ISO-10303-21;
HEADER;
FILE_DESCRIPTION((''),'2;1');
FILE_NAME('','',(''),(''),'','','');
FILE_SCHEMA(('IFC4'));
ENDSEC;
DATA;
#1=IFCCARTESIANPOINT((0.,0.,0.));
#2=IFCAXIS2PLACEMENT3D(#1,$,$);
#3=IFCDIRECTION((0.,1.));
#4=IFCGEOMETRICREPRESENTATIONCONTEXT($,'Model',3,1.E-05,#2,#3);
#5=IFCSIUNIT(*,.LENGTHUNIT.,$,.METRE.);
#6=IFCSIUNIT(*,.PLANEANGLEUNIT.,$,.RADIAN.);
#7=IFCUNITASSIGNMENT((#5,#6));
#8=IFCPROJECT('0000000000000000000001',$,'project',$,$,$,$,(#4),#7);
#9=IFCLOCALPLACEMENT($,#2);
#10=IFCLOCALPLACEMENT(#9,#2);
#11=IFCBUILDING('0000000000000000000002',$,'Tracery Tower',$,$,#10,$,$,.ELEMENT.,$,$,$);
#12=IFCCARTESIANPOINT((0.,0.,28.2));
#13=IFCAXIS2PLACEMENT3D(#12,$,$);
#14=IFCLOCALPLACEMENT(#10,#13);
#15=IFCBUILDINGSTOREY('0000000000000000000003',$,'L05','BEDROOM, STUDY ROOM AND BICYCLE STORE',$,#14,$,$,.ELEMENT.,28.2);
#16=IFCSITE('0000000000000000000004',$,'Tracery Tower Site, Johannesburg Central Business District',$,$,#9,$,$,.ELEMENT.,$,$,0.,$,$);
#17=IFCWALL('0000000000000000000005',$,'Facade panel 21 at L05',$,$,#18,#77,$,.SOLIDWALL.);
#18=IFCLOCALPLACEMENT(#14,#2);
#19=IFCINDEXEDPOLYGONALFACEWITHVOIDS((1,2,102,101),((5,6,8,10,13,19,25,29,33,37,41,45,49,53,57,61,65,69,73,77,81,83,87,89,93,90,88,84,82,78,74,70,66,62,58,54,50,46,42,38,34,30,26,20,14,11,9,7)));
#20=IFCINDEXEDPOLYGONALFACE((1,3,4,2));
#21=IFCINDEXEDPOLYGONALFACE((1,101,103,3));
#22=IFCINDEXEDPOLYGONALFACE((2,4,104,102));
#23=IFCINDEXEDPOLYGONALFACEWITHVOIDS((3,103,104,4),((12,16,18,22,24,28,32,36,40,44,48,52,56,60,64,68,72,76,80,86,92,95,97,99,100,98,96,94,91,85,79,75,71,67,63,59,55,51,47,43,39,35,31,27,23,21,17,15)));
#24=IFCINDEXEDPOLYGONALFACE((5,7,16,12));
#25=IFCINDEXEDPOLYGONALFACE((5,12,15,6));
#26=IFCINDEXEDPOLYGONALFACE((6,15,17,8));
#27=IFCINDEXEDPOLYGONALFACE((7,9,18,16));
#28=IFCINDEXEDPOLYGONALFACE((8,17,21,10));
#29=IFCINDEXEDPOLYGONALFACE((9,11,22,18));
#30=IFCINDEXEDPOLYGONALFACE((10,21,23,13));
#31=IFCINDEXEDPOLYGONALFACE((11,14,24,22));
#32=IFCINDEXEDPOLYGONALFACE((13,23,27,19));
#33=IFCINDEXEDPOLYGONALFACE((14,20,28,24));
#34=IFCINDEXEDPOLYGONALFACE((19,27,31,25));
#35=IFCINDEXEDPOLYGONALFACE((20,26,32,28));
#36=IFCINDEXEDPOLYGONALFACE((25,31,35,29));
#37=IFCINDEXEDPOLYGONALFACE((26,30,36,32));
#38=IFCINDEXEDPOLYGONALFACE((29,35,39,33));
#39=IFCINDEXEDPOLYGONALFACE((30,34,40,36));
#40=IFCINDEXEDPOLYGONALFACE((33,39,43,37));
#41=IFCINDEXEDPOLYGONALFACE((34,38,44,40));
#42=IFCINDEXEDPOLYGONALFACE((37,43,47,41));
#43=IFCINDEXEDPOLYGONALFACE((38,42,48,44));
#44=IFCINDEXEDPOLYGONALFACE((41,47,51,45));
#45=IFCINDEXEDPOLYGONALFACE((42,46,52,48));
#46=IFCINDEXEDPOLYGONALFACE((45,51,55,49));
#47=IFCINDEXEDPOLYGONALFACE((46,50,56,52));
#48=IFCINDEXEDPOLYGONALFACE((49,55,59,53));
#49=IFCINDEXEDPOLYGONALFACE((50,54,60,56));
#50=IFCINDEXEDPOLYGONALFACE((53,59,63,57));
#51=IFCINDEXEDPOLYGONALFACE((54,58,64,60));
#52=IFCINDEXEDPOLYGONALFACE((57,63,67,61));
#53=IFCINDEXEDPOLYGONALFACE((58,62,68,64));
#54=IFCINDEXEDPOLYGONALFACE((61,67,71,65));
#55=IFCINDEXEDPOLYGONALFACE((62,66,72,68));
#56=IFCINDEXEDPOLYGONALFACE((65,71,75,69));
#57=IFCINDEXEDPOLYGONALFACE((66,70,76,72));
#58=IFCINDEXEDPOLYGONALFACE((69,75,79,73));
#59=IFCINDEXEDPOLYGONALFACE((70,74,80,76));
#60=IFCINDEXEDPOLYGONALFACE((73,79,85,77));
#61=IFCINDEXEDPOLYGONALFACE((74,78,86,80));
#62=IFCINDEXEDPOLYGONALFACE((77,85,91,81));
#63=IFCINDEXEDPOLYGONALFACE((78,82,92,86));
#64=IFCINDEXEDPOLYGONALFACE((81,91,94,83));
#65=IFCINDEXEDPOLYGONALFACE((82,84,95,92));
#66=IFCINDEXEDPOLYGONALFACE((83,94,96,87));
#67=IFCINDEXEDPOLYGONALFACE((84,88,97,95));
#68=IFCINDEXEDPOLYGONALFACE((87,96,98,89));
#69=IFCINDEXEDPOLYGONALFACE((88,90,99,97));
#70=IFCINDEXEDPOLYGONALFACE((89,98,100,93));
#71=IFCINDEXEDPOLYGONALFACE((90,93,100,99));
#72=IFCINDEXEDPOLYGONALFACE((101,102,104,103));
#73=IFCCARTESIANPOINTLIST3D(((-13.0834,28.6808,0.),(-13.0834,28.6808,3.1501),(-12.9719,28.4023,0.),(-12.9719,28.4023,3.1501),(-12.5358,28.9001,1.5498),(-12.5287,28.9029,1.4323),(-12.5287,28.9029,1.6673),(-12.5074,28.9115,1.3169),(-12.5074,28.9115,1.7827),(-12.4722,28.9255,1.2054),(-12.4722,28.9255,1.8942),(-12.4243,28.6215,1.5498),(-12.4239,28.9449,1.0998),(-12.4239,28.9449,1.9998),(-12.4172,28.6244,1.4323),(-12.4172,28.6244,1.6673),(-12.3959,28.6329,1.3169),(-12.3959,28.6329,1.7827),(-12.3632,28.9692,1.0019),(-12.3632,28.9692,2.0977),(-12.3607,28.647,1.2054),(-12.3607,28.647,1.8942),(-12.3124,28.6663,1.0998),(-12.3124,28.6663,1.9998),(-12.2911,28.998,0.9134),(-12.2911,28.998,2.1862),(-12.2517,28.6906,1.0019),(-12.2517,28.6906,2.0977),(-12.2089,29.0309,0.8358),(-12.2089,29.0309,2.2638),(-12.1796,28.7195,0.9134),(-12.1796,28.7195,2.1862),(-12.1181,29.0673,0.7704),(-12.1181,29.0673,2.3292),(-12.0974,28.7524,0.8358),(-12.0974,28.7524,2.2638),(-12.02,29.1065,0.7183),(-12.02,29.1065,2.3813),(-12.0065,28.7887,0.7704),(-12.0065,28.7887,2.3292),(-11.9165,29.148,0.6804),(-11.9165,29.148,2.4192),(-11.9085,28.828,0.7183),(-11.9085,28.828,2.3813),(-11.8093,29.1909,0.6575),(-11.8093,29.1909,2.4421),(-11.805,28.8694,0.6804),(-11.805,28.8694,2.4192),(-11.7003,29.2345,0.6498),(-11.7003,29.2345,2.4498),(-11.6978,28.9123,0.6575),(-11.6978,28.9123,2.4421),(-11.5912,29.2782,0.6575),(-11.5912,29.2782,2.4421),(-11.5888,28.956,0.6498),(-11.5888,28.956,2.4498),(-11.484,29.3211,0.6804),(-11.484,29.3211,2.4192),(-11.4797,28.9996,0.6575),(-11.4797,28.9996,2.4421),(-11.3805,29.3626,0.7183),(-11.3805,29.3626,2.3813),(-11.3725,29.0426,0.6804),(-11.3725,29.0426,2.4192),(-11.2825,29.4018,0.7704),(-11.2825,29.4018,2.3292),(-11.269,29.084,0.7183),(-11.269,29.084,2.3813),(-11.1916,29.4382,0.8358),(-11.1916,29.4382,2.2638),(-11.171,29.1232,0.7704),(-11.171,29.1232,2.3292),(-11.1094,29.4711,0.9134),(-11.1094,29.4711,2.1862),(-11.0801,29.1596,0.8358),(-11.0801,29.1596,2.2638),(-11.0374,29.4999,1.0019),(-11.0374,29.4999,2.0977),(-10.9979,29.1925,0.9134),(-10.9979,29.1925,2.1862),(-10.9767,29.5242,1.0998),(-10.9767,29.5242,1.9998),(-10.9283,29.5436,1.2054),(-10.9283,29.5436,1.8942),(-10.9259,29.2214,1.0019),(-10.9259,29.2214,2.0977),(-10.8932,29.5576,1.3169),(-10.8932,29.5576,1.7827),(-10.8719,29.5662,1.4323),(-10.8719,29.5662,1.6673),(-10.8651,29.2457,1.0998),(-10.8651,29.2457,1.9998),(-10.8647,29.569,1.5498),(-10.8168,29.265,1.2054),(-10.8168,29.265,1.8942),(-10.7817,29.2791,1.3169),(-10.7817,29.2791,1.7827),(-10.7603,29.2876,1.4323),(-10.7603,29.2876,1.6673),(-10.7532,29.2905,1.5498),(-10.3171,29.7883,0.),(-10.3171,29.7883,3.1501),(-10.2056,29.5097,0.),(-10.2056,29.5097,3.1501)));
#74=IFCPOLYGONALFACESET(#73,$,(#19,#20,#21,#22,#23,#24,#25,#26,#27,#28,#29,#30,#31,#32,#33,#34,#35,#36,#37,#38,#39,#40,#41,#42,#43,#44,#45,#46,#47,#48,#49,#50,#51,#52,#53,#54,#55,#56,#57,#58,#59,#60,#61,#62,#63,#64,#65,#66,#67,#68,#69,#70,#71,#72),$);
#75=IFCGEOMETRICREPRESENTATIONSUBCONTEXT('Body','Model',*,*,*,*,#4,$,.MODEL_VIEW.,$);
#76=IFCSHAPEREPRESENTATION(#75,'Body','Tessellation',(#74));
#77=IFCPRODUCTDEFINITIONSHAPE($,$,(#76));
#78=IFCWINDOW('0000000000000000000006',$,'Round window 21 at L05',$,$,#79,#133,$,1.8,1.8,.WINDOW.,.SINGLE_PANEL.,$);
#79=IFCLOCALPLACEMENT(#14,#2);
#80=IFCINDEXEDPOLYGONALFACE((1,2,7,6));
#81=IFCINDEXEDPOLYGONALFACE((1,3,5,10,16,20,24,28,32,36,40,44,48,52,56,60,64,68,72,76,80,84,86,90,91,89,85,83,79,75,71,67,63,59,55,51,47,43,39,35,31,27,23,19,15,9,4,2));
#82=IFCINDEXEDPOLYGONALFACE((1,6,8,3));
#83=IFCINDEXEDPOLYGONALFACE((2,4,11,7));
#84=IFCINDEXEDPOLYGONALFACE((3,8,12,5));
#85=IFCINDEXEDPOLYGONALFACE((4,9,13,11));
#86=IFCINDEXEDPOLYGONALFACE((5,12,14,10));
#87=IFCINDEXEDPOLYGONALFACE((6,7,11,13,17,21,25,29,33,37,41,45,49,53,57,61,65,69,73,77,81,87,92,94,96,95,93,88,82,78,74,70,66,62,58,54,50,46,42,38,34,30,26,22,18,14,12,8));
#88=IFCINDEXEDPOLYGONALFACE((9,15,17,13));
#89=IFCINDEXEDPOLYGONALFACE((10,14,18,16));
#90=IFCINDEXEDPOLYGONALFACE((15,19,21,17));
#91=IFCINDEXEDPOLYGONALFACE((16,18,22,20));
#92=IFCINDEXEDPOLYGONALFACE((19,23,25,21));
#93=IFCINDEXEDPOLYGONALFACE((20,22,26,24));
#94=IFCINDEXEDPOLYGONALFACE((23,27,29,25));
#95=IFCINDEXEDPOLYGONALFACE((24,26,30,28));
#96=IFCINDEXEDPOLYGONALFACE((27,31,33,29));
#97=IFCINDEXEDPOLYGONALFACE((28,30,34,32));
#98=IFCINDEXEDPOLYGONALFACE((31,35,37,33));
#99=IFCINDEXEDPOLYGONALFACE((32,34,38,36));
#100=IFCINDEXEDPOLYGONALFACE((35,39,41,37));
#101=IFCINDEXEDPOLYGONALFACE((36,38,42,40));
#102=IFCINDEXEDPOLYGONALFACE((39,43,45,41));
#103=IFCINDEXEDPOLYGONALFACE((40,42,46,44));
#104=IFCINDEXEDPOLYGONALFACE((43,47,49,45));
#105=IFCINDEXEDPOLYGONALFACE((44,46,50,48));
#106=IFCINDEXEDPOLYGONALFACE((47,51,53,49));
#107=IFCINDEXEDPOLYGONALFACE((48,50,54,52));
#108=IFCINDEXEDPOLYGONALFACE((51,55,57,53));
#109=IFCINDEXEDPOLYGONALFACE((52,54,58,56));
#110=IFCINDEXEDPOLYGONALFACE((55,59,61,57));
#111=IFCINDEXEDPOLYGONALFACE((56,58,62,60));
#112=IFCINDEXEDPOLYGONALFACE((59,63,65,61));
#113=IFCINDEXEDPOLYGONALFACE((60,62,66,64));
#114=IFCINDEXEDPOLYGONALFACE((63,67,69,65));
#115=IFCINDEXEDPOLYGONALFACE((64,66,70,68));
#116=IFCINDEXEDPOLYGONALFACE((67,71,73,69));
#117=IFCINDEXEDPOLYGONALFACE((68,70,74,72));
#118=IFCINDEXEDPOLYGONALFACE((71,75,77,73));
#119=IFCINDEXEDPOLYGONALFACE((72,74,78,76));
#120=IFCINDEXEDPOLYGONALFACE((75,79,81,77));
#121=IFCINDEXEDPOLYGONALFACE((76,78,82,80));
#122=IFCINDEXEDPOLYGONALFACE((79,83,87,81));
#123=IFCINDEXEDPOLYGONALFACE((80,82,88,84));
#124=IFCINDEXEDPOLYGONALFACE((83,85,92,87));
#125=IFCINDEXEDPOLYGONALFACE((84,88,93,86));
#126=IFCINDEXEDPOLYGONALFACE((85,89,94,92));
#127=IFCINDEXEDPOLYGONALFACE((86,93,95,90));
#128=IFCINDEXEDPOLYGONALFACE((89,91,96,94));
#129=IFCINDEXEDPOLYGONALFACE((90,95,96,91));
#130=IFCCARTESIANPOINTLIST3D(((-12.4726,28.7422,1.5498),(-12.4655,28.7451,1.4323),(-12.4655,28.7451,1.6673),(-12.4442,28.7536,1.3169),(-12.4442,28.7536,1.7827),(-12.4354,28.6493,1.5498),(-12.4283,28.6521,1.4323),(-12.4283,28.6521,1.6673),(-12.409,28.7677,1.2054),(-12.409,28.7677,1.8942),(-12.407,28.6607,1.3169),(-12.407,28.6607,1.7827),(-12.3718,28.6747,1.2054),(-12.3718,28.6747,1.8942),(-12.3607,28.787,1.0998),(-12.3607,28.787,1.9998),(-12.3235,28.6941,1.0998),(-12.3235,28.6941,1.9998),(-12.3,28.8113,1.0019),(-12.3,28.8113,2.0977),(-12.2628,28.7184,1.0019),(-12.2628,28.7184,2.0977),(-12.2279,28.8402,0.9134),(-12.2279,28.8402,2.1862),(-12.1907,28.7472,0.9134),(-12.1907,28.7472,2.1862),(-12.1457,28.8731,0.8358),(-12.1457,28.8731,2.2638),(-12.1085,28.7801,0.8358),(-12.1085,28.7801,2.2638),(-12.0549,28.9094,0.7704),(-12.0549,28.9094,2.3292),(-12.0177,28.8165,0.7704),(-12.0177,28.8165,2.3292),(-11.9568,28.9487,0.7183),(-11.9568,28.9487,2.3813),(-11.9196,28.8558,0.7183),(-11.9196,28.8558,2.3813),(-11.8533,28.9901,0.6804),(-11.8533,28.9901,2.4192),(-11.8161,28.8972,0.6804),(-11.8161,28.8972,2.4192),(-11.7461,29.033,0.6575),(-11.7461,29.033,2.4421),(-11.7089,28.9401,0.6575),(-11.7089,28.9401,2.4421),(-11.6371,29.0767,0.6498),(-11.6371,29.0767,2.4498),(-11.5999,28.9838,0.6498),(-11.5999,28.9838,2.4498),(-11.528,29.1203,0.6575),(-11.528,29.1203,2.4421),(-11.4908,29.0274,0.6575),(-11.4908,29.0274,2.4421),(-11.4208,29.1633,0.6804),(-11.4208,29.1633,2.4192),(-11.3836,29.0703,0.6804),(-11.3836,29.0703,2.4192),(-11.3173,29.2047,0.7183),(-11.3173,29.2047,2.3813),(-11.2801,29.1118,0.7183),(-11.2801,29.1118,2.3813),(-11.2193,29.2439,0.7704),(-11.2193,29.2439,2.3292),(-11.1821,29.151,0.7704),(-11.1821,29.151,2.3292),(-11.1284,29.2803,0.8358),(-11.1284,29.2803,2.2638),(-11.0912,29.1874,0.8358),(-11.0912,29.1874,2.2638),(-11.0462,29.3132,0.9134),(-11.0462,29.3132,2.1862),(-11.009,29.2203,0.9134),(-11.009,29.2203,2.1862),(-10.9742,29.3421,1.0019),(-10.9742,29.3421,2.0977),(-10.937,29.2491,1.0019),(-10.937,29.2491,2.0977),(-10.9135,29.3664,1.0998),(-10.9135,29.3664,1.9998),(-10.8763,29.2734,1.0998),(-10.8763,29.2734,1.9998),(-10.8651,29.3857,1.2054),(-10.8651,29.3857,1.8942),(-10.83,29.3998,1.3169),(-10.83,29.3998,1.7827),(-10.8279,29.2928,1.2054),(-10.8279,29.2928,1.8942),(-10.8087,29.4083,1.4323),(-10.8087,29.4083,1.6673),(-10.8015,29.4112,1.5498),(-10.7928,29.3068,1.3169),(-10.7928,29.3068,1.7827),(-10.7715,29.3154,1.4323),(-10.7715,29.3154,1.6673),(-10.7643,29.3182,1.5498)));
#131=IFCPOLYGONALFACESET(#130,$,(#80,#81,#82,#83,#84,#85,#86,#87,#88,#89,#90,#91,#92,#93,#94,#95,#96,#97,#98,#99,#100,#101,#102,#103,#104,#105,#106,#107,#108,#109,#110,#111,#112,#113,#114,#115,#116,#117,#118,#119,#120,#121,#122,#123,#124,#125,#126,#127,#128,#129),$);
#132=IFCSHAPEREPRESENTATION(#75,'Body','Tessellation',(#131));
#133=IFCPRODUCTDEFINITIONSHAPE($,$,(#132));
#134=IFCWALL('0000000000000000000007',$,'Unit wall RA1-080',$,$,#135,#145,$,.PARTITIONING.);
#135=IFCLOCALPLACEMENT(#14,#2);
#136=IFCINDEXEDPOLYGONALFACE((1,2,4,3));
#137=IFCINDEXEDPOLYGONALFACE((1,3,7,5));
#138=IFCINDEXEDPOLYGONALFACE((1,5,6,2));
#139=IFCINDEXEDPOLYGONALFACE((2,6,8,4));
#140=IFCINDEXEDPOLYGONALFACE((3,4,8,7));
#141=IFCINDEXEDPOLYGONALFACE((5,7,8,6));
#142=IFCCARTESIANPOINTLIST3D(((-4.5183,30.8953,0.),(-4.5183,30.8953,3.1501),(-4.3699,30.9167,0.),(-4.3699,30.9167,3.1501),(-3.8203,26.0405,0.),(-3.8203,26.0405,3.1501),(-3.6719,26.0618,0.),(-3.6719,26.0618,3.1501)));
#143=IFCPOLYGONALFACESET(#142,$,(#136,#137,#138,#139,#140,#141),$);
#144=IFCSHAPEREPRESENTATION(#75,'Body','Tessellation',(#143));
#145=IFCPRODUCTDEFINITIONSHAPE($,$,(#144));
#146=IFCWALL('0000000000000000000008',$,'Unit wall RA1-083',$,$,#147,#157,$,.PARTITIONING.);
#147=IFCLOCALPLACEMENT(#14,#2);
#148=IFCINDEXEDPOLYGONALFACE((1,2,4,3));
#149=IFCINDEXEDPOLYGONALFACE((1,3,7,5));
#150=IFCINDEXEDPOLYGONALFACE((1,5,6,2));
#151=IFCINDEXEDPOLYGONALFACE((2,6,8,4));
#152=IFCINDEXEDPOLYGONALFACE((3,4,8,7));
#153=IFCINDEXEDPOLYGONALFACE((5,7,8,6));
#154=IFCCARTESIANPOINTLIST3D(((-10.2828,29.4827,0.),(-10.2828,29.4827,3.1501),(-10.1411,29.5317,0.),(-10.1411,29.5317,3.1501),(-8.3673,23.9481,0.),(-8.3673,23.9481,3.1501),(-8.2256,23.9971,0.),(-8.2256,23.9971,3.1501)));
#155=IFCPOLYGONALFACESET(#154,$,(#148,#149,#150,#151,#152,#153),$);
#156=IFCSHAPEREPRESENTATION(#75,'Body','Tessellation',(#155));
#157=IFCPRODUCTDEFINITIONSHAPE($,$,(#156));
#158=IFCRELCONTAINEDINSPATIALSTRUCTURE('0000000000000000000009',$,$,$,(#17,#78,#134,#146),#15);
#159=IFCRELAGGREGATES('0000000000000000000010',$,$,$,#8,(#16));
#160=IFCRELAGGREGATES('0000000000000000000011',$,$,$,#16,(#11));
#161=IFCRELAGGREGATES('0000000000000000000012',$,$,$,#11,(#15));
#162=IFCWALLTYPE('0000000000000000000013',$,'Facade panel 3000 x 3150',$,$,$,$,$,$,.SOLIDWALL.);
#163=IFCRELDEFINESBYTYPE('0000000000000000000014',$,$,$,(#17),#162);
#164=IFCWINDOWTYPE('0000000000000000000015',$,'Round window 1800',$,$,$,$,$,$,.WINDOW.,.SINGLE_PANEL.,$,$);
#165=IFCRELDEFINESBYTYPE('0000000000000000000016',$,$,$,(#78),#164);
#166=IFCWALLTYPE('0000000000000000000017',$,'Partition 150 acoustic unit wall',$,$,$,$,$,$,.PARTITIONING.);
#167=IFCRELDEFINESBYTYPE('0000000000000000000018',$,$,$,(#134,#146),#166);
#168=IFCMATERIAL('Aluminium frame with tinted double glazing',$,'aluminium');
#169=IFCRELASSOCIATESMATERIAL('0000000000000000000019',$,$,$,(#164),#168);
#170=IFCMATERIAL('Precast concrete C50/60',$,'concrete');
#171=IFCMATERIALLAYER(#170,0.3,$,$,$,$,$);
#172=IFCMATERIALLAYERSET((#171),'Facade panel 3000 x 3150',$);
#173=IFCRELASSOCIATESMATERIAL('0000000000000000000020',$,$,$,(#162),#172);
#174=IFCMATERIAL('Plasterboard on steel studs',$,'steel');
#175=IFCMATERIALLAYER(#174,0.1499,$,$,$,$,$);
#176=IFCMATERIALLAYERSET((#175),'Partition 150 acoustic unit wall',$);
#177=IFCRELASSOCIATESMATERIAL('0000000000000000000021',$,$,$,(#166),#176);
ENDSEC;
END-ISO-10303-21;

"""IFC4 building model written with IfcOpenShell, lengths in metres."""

from ifc_helpers import new_model, si_unit, direction, frame, frame_2d, origin, origin_2d, place, context, subcontext, project, spatial, rectangle, circle, extrude, material, layer, layer_set, type_object, element, fill, save


model = new_model("IFC4")

# Units and contexts
model_context = context("Model", 3, precision=1e-05, world=origin(), true_north=direction((0.0, 1.0)))
body_context = subcontext(model_context, "Body", "Model", "MODEL_VIEW")
ifc_project = project(units=[si_unit("LENGTHUNIT", "METRE"), si_unit("PLANEANGLEUNIT", "RADIAN")], contexts=[model_context])

# Site, building, storey
site_placement = place(None, origin())
site = spatial("IfcSite", under=ifc_project, at=site_placement, Name="Tracery Tower Site, Johannesburg Central Business District", CompositionType="ELEMENT", RefElevation=0.0)
building_placement = place(site_placement, origin())
building = spatial("IfcBuilding", under=site, at=building_placement, Name="Tracery Tower", CompositionType="ELEMENT")
storey_placement = place(building_placement, frame((0.0, 0.0, 28.2)))
storey = spatial("IfcBuildingStorey", under=building, at=storey_placement, Name="L05", Description="BEDROOM, STUDY ROOM AND BICYCLE STORE", CompositionType="ELEMENT", Elevation=28.2)

# Wall, opening, window
ifc_material_1 = material(Name="Aluminium frame with tinted double glazing", Category="aluminium")
window_type = type_object("IfcWindowType", Name="Round window 1800", PartitioningType="SINGLE_PANEL", PredefinedType="WINDOW", material=ifc_material_1)
ifc_material_2 = material(Name="Precast concrete C50/60", Category="concrete")
ifc_layer_1 = layer(ifc_material_2, 0.3)
ifc_layer_set_1 = layer_set([ifc_layer_1], Name="Facade panel 3000 x 3150")
wall_type_1 = type_object("IfcWallType", Name="Facade panel 3000 x 3150", PredefinedType="SOLIDWALL", material=ifc_layer_set_1)
wall_1_placement = place(storey_placement, frame((-10.2615, 29.6489, 0.0), z_axis=(0.0, 0.0, 1.0), x_axis=(-0.928375, -0.371645, 0.0)))
wall_1 = element("IfcWall", 1, at=wall_1_placement, inside=storey, type_object=wall_type_1, Name="Facade panel 21 at L05", PredefinedType="SOLIDWALL", context=body_context, shape_type="SweptSolid", body=[
    extrude(rectangle(XDim=2.9797, YDim=0.3, at=frame_2d((1.4897, 0.0))), origin(), (0.0, 0.0, 1.0), 3.1501),
])
opening_1_placement = place(wall_1_placement, frame((1.4897, 0.0, 1.5498)))
opening_1 = element("IfcOpeningElement", 2, at=opening_1_placement, cuts=wall_1, PredefinedType="OPENING", context=body_context, shape_type="SweptSolid", body=[
    extrude(circle(Radius=0.9, at=origin_2d()), frame((0.0, 0.1599, 0.0), z_axis=(0.0, -1.0, 0.0), x_axis=(1.0, 0.0, 0.0)), (0.0, 0.0, 1.0), 0.3201),
])
window_1_placement = place(opening_1_placement, origin())
window_1 = element("IfcWindow", 3, at=window_1_placement, inside=storey, type_object=window_type, Name="Round window 21 at L05", OverallHeight=1.8, OverallWidth=1.8, PartitioningType="SINGLE_PANEL", PredefinedType="WINDOW", context=body_context, shape_type="SweptSolid", body=[
    extrude(circle(Radius=0.9, at=origin_2d()), frame((0.0, 0.1201, 0.0), z_axis=(0.0, -1.0, 0.0), x_axis=(1.0, 0.0, 0.0)), (0.0, 0.0, 1.0), 0.1001),
])
fill(opening_1, window_1)

# Walls
ifc_material_3 = material(Name="Plasterboard on steel studs", Category="steel")
ifc_layer_2 = layer(ifc_material_3, 0.1499)
ifc_layer_set_2 = layer_set([ifc_layer_2], Name="Partition 150 acoustic unit wall")
wall_type_2 = type_object("IfcWallType", Name="Partition 150 acoustic unit wall", PredefinedType="PARTITIONING", material=ifc_layer_set_2)
wall_2_placement = place(storey_placement, frame((-4.4441, 30.906, 0.0), z_axis=(0.0, 0.0, 1.0), x_axis=(0.142306, -0.989823, 0.0)))
element("IfcWall", 4, at=wall_2_placement, inside=storey, type_object=wall_type_2, Name="Unit wall RA1-080", PredefinedType="PARTITIONING", context=body_context, shape_type="SweptSolid", body=[
    extrude(rectangle(XDim=4.9048, YDim=0.1499, at=frame_2d((2.4524, 0.0))), origin(), (0.0, 0.0, 1.0), 3.1501),
])
wall_3_placement = place(storey_placement, frame((-10.2119, 29.5071, 0.0), z_axis=(0.0, 0.0, 1.0), x_axis=(0.327062, -0.945003, 0.0)))
element("IfcWall", 5, at=wall_3_placement, inside=storey, type_object=wall_type_2, Name="Unit wall RA1-083", PredefinedType="PARTITIONING", context=body_context, shape_type="SweptSolid", body=[
    extrude(rectangle(XDim=5.8567, YDim=0.1499, at=frame_2d((2.9282, 0.0))), origin(), (0.0, 0.0, 1.0), 3.1501),
])

save(model, "model.ifc")
